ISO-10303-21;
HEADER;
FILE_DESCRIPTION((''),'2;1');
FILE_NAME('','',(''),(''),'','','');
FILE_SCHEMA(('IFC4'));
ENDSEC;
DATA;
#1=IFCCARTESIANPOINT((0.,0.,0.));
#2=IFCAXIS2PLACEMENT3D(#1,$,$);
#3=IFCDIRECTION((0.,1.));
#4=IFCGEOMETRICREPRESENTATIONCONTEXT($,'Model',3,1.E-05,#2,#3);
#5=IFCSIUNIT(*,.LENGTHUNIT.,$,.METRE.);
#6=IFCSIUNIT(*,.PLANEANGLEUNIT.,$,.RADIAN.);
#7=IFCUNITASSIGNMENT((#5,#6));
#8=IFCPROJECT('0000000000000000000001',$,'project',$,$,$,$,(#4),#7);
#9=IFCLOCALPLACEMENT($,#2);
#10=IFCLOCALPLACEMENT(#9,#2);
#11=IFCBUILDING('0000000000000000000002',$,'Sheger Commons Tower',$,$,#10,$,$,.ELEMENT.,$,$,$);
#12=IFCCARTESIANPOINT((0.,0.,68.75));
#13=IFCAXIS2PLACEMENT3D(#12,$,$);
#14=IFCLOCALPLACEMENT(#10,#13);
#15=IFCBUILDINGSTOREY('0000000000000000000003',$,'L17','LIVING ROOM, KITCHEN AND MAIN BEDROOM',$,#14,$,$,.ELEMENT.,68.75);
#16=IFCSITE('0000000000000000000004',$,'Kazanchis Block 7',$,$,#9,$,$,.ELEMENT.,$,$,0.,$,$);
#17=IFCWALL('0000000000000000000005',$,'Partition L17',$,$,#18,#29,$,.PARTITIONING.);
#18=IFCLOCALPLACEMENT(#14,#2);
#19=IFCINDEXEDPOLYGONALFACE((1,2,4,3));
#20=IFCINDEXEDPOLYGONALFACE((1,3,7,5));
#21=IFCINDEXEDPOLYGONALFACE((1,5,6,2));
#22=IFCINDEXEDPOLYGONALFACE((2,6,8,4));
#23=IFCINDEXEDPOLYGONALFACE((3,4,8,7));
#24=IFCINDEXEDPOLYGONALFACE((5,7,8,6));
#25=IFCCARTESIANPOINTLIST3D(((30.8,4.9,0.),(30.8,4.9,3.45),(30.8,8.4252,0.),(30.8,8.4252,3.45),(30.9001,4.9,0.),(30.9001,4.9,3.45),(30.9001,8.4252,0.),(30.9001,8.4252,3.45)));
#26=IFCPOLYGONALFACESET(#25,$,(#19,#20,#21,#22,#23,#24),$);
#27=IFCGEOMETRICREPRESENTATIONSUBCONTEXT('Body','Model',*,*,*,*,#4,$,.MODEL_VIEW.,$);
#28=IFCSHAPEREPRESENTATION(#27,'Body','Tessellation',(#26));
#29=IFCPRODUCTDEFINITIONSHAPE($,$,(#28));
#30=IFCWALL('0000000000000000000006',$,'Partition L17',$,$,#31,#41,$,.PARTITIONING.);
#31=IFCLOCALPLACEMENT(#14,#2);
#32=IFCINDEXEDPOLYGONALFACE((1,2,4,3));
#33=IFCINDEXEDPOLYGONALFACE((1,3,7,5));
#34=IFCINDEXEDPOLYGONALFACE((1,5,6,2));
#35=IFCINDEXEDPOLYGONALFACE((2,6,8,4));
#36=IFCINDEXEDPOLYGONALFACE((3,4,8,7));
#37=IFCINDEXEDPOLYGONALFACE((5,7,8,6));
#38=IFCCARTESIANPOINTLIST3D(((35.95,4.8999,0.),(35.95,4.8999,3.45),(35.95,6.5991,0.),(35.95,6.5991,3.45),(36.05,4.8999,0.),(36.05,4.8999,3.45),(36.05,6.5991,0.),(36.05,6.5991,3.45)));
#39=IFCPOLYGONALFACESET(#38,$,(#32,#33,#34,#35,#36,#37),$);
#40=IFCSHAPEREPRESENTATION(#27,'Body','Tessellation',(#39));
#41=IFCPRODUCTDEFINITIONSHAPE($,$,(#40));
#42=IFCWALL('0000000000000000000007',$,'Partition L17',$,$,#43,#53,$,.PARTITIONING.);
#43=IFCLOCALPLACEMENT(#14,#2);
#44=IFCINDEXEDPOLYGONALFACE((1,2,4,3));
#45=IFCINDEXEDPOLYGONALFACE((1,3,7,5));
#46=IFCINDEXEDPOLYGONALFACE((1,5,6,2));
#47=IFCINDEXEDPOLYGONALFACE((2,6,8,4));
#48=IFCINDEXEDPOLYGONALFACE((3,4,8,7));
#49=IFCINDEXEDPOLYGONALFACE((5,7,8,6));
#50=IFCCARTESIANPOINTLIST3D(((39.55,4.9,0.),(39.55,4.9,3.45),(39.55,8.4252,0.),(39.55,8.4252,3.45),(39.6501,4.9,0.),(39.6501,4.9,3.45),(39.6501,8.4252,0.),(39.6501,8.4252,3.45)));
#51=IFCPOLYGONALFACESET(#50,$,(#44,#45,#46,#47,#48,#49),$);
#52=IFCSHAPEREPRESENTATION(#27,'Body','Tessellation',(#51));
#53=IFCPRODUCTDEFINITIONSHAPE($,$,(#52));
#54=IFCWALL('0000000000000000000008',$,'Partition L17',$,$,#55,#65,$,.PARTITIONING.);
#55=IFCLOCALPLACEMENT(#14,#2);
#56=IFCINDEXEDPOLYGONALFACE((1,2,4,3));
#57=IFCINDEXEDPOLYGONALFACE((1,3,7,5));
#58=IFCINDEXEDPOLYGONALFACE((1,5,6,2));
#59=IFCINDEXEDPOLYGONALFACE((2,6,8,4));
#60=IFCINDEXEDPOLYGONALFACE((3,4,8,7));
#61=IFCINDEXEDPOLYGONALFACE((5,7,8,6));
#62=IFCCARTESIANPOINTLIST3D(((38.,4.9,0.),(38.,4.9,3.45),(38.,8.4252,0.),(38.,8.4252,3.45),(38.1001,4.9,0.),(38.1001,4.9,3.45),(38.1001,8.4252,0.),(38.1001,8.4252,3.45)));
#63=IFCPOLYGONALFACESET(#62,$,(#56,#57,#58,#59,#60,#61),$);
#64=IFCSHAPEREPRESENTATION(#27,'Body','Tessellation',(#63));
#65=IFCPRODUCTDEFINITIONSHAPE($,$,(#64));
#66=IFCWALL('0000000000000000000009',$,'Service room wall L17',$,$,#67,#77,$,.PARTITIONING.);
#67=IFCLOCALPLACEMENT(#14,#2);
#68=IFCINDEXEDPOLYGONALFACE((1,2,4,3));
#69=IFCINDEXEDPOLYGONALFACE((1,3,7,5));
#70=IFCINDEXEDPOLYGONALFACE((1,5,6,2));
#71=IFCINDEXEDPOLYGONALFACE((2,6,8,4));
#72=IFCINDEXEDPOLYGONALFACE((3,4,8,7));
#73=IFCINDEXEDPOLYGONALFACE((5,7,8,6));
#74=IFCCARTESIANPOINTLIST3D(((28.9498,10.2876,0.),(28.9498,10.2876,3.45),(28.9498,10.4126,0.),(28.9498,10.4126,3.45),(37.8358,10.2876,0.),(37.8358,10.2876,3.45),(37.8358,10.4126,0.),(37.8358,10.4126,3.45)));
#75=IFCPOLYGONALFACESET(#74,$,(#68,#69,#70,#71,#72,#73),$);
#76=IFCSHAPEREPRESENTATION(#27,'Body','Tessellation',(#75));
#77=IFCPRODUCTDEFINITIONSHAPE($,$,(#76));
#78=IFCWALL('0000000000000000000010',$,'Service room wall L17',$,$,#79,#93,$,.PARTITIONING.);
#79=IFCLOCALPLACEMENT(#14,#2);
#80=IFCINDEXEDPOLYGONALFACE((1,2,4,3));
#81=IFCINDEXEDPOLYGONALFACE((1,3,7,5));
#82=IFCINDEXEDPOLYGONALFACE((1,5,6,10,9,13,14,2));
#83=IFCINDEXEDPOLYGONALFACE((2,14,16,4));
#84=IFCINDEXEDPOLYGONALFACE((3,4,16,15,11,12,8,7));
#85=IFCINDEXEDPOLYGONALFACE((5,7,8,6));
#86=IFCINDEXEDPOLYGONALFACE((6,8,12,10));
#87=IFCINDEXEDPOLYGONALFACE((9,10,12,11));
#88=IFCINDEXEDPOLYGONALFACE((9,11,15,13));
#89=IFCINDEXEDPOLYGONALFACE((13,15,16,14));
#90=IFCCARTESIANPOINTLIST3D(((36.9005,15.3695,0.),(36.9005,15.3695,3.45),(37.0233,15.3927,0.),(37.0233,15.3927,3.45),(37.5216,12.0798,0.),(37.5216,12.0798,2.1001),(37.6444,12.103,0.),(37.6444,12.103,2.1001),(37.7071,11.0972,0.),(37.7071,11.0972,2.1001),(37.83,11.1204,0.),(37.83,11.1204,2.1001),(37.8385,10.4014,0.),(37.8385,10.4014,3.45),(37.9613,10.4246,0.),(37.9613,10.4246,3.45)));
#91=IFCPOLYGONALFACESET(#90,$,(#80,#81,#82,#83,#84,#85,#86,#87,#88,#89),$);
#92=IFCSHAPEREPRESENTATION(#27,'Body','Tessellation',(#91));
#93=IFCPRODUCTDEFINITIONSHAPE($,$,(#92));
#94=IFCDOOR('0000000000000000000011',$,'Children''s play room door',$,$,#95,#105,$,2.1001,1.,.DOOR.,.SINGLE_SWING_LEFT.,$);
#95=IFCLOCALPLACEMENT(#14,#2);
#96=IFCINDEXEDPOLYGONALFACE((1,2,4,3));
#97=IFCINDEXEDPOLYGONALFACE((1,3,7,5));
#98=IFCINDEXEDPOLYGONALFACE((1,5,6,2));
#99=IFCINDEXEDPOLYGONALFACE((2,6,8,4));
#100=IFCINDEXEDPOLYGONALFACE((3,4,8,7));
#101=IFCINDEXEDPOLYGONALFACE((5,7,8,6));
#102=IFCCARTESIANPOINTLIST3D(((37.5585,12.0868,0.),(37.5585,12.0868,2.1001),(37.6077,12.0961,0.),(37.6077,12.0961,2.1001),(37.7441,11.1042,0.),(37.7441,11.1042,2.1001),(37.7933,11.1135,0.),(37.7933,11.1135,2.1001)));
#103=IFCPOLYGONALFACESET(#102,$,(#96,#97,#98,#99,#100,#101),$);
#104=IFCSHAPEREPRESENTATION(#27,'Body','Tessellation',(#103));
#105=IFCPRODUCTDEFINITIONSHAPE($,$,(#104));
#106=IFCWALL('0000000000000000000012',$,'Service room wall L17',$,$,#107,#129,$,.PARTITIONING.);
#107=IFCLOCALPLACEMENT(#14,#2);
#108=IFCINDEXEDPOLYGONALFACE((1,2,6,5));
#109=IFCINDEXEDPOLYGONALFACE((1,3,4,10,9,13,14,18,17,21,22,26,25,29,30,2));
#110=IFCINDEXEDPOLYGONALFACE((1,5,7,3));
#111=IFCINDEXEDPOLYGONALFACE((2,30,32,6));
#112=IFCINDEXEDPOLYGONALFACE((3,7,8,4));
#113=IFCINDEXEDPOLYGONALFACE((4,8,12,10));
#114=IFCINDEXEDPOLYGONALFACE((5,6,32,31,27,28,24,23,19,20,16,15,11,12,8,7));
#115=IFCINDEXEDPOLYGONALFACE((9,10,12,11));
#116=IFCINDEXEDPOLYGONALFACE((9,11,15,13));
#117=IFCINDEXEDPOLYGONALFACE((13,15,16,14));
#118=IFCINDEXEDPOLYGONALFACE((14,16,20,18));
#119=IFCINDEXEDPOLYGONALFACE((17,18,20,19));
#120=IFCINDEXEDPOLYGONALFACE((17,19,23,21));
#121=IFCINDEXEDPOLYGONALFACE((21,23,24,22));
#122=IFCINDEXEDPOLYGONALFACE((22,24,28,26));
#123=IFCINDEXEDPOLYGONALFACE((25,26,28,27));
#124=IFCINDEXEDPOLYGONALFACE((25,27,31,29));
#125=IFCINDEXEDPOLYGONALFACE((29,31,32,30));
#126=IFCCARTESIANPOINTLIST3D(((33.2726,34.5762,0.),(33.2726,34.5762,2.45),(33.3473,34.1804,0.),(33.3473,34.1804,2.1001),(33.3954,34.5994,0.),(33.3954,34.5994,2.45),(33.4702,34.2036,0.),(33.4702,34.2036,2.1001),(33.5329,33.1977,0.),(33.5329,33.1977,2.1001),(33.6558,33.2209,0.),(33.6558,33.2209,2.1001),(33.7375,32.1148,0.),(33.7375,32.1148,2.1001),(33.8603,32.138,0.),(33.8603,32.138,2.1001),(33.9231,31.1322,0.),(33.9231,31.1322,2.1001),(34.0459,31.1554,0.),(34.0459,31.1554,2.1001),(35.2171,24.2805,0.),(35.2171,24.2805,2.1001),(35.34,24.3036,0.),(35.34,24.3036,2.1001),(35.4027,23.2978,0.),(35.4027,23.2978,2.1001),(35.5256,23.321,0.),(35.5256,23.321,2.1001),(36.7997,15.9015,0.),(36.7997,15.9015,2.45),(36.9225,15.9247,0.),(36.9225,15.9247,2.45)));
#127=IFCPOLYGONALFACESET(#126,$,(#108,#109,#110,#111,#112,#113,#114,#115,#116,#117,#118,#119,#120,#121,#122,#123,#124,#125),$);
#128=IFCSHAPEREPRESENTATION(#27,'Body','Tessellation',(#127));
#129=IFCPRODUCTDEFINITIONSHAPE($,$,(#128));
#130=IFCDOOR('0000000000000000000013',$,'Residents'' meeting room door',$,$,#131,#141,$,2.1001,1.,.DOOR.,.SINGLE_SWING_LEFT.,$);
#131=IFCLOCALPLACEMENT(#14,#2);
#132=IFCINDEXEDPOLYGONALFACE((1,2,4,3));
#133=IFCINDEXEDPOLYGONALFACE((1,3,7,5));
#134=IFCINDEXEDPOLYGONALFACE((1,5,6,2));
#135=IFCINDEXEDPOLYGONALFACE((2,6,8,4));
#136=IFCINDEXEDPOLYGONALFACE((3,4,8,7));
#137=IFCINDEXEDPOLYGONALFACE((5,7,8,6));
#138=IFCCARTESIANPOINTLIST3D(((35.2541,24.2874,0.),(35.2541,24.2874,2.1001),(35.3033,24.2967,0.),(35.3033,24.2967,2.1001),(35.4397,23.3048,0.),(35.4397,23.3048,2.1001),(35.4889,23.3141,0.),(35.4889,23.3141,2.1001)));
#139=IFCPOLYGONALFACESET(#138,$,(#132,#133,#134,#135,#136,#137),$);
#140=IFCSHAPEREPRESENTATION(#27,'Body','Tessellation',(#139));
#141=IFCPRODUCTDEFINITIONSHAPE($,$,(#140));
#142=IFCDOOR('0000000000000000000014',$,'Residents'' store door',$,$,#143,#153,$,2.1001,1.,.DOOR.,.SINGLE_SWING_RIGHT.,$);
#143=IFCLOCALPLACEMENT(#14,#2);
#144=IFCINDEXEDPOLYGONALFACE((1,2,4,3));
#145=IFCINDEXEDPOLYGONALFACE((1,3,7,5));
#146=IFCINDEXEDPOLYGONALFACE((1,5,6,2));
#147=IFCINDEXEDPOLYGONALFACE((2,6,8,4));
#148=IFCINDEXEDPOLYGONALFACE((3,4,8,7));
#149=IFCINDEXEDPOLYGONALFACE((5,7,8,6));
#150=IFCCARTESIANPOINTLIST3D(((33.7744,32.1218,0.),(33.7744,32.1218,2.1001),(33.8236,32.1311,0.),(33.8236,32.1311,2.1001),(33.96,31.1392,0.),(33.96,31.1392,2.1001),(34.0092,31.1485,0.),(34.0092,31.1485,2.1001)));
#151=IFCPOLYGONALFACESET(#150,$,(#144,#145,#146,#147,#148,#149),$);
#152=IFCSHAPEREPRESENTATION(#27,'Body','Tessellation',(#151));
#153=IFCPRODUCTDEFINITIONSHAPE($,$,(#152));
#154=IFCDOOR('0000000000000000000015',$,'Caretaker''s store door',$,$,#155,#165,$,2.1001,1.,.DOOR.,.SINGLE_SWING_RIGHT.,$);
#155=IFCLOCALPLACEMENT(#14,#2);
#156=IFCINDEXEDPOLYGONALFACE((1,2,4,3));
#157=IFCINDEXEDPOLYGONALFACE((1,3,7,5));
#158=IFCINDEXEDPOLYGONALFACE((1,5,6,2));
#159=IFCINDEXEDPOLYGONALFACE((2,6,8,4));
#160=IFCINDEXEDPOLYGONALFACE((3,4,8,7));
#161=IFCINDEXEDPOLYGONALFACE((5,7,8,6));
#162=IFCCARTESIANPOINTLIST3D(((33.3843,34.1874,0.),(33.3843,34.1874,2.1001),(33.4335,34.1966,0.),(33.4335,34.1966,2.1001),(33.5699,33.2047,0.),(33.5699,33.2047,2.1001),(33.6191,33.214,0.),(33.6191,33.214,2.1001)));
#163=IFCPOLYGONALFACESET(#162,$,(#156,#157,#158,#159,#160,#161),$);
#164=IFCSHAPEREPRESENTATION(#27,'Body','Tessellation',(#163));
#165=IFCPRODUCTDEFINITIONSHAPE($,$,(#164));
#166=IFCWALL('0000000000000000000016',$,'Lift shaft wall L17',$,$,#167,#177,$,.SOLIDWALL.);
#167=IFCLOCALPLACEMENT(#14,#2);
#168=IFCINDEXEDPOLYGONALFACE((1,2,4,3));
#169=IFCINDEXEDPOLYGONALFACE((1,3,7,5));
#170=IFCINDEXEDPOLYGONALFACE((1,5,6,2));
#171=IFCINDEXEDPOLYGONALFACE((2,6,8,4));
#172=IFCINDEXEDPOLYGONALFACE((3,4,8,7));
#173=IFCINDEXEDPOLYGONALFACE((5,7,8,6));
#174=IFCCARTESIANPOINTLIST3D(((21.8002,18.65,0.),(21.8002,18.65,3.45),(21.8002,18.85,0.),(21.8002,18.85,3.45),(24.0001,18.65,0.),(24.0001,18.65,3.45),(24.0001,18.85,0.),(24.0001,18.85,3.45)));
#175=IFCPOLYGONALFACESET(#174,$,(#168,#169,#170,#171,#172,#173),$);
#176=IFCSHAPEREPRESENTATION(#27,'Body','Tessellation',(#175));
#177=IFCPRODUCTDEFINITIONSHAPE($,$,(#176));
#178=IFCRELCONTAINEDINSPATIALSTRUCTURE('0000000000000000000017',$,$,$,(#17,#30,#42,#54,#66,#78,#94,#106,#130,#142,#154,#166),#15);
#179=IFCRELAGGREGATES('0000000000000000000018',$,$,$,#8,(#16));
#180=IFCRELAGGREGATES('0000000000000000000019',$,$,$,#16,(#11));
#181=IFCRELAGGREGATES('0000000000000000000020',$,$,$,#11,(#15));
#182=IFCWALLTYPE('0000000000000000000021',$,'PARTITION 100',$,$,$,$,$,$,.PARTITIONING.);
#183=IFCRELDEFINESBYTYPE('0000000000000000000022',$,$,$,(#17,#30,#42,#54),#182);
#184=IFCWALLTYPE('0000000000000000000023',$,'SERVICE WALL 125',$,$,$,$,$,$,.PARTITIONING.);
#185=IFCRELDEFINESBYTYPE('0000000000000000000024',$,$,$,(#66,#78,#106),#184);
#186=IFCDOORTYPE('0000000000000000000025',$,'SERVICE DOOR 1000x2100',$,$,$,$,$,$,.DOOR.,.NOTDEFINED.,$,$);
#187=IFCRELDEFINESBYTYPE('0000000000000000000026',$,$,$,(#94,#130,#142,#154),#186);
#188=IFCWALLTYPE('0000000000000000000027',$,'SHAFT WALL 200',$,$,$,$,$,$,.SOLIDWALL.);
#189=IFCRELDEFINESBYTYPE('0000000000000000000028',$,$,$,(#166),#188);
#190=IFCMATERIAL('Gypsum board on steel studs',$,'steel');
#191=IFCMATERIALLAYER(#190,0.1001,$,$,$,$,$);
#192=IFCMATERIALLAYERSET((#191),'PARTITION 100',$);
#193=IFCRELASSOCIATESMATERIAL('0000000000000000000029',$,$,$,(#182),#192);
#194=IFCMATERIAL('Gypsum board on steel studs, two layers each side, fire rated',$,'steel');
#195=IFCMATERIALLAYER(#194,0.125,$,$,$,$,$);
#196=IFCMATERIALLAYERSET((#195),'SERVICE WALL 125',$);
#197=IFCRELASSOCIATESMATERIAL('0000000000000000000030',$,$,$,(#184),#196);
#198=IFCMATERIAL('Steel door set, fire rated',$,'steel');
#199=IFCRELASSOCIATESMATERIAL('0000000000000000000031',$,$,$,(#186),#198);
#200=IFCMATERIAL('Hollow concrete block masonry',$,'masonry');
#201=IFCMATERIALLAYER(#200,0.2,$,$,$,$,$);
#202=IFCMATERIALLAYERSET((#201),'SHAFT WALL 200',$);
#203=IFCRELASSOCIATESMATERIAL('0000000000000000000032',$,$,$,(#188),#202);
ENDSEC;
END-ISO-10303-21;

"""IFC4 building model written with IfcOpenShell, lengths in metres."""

from ifc_helpers import new_model, si_unit, direction, frame, frame_2d, origin, place, context, subcontext, project, spatial, rectangle, extrude, material, layer, layer_set, type_object, element, fill, save


model = new_model("IFC4")

# Units and contexts
model_context = context("Model", 3, precision=1e-05, world=origin(), true_north=direction((0.0, 1.0)))
body_context = subcontext(model_context, "Body", "Model", "MODEL_VIEW")
ifc_project = project(units=[si_unit("LENGTHUNIT", "METRE"), si_unit("PLANEANGLEUNIT", "RADIAN")], contexts=[model_context])

# Site, building, storey
site_placement = place(None, origin())
site = spatial("IfcSite", under=ifc_project, at=site_placement, Name="Kazanchis Block 7", CompositionType="ELEMENT", RefElevation=0.0)
building_placement = place(site_placement, origin())
building = spatial("IfcBuilding", under=site, at=building_placement, Name="Sheger Commons Tower", CompositionType="ELEMENT")
storey_placement = place(building_placement, frame((0.0, 0.0, 68.75)))
storey = spatial("IfcBuildingStorey", under=building, at=storey_placement, Name="L17", Description="LIVING ROOM, KITCHEN AND MAIN BEDROOM", CompositionType="ELEMENT", Elevation=68.75)

# Walls
ifc_material_1 = material(Name="Gypsum board on steel studs", Category="steel")
ifc_layer_1 = layer(ifc_material_1, 0.1001)
ifc_layer_set_1 = layer_set([ifc_layer_1], Name="PARTITION 100")
wall_type_1 = type_object("IfcWallType", Name="PARTITION 100", PredefinedType="PARTITIONING", material=ifc_layer_set_1)
wall_1_placement = place(storey_placement, frame((30.8501, 4.8999, 0.0), z_axis=(0.0, 0.0, 1.0), x_axis=(0.0, 1.0, 0.0)))
element("IfcWall", 1, at=wall_1_placement, inside=storey, type_object=wall_type_1, Name="Partition L17", PredefinedType="PARTITIONING", context=body_context, shape_type="SweptSolid", body=[
    extrude(rectangle(XDim=3.5251, YDim=0.1001, at=frame_2d((1.7627, 0.0))), origin(), (0.0, 0.0, 1.0), 3.45),
])
wall_2_placement = place(storey_placement, frame((36.0, 4.8999, 0.0), z_axis=(0.0, 0.0, 1.0), x_axis=(0.0, 1.0, 0.0)))
element("IfcWall", 2, at=wall_2_placement, inside=storey, type_object=wall_type_1, Name="Partition L17", PredefinedType="PARTITIONING", context=body_context, shape_type="SweptSolid", body=[
    extrude(rectangle(XDim=1.6992, YDim=0.1001, at=frame_2d((0.8496, 0.0))), origin(), (0.0, 0.0, 1.0), 3.45),
])
for number, where, z_axis, x_axis, name in (
    (3, (39.6001, 4.8999, 0.0), (0.0, 0.0, 1.0), (0.0, 1.0, 0.0), "Partition L17"),
    (4, (38.05, 4.8999, 0.0), (0.0, 0.0, 1.0), (0.0, 1.0, 0.0), "Partition L17"),
):
    element("IfcWall", number, at=place(storey_placement, frame(where, z_axis=z_axis, x_axis=x_axis)), inside=storey, type_object=wall_type_1, Name=name, PredefinedType="PARTITIONING", context=body_context, shape_type="SweptSolid", body=[
        extrude(rectangle(XDim=3.5251, YDim=0.1001, at=frame_2d((1.7627, 0.0))), origin(), (0.0, 0.0, 1.0), 3.45),
    ])
ifc_material_2 = material(Name="Gypsum board on steel studs, two layers each side, fire rated", Category="steel")
ifc_layer_2 = layer(ifc_material_2, 0.125)
ifc_layer_set_2 = layer_set([ifc_layer_2], Name="SERVICE WALL 125")
wall_type_2 = type_object("IfcWallType", Name="SERVICE WALL 125", PredefinedType="PARTITIONING", material=ifc_layer_set_2)
wall_3_placement = place(storey_placement, frame((28.95, 10.3501, 0.0), z_axis=(0.0, 0.0, 1.0), x_axis=(1.0, 0.0, 0.0)))
element("IfcWall", 5, at=wall_3_placement, inside=storey, type_object=wall_type_2, Name="Service room wall L17", PredefinedType="PARTITIONING", context=body_context, shape_type="SweptSolid", body=[
    extrude(rectangle(XDim=8.886, YDim=0.125, at=frame_2d((4.4429, 0.0))), origin(), (0.0, 0.0, 1.0), 3.45),
])

# Wall, opening, door
wall_4_placement = place(storey_placement, frame((37.8999, 10.4131, 0.0), z_axis=(0.0, 0.0, 1.0), x_axis=(-0.185528, 0.982639, 0.0)))
wall_4 = element("IfcWall", 6, at=wall_4_placement, inside=storey, type_object=wall_type_2, Name="Service room wall L17", PredefinedType="PARTITIONING", context=body_context, shape_type="SweptSolid", body=[
    extrude(rectangle(XDim=5.0559, YDim=0.125, at=frame_2d((2.5278, 0.0))), origin(), (0.0, 0.0, 1.0), 3.45),
])
opening_1_placement = place(wall_4_placement, frame((0.708, 0.0, 0.0)))
opening_1 = element("IfcOpeningElement", 7, at=opening_1_placement, cuts=wall_4, PredefinedType="OPENING", context=body_context, shape_type="SweptSolid", body=[
    extrude(rectangle(XDim=1.0, YDim=2.1001, at=frame_2d((0.5, 1.05))), frame((0.0, 0.0725, 0.0), z_axis=(0.0, -1.0, 0.0), x_axis=(1.0, 0.0, 0.0)), (0.0, 0.0, 1.0), 0.145),
])
ifc_material_3 = material(Name="Steel door set, fire rated", Category="steel")
door_type_1 = type_object("IfcDoorType", Name="SERVICE DOOR 1000x2100", OperationType="NOTDEFINED", PredefinedType="DOOR", material=ifc_material_3)
door_1_placement = place(opening_1_placement, origin())
door_1 = element("IfcDoor", 8, at=door_1_placement, inside=storey, type_object=door_type_1, Name="Children's play room door", OperationType="SINGLE_SWING_LEFT", OverallHeight=2.1001, OverallWidth=1.0, PredefinedType="DOOR", context=body_context, shape_type="SweptSolid", body=[
    extrude(rectangle(XDim=1.0, YDim=2.1001, at=frame_2d((0.5, 1.05))), frame((0.0, 0.0249, 0.0), z_axis=(0.0, -1.0, 0.0), x_axis=(1.0, 0.0, 0.0)), (0.0, 0.0, 1.0), 0.05),
])
fill(opening_1, door_1)

# Wall, openings, doors
wall_5_placement = place(storey_placement, frame((36.8611, 15.9131, 0.0), z_axis=(0.0, 0.0, 1.0), x_axis=(-0.185588, 0.982628, 0.0)))
wall_5 = element("IfcWall", 9, at=wall_5_placement, inside=storey, type_object=wall_type_2, Name="Service room wall L17", PredefinedType="PARTITIONING", context=body_context, shape_type="SweptSolid", body=[
    extrude(rectangle(XDim=19.0049, YDim=0.125, at=frame_2d((9.5024, 0.0))), origin(), (0.0, 0.0, 1.0), 2.45),
])
opening_2_placement = place(wall_5_placement, frame((7.5271, 0.0, 0.0)))
opening_2 = element("IfcOpeningElement", 10, at=opening_2_placement, cuts=wall_5, PredefinedType="OPENING", context=body_context, shape_type="SweptSolid", body=[
    extrude(rectangle(XDim=1.0, YDim=2.1001, at=frame_2d((0.5, 1.05))), frame((0.0, 0.0725, 0.0), z_axis=(0.0, -1.0, 0.0), x_axis=(1.0, 0.0, 0.0)), (0.0, 0.0, 1.0), 0.145),
])
opening_3_placement = place(wall_5_placement, frame((15.5, 0.0, 0.0)))
opening_3 = element("IfcOpeningElement", 11, at=opening_3_placement, cuts=wall_5, PredefinedType="OPENING", context=body_context, shape_type="SweptSolid", body=[
    extrude(rectangle(XDim=1.0, YDim=2.1001, at=frame_2d((0.5, 1.05))), frame((0.0, 0.0725, 0.0), z_axis=(0.0, -1.0, 0.0), x_axis=(1.0, 0.0, 0.0)), (0.0, 0.0, 1.0), 0.145),
])
opening_4_placement = place(wall_5_placement, frame((17.6021, 0.0, 0.0)))
opening_4 = element("IfcOpeningElement", 12, at=opening_4_placement, cuts=wall_5, PredefinedType="OPENING", context=body_context, shape_type="SweptSolid", body=[
    extrude(rectangle(XDim=1.0, YDim=2.1001, at=frame_2d((0.5, 1.05))), frame((0.0, 0.0725, 0.0), z_axis=(0.0, -1.0, 0.0), x_axis=(1.0, 0.0, 0.0)), (0.0, 0.0, 1.0), 0.145),
])
door_2_placement = place(opening_2_placement, origin())
door_2 = element("IfcDoor", 13, at=door_2_placement, inside=storey, type_object=door_type_1, Name="Residents' meeting room door", OperationType="SINGLE_SWING_LEFT", OverallHeight=2.1001, OverallWidth=1.0, PredefinedType="DOOR", context=body_context, shape_type="SweptSolid", body=[
    extrude(rectangle(XDim=1.0, YDim=2.1001, at=frame_2d((0.5, 1.05))), frame((0.0, 0.0249, 0.0), z_axis=(0.0, -1.0, 0.0), x_axis=(1.0, 0.0, 0.0)), (0.0, 0.0, 1.0), 0.05),
])
fill(opening_2, door_2)
door_3_placement = place(opening_3_placement, origin())
door_3 = element("IfcDoor", 14, at=door_3_placement, inside=storey, type_object=door_type_1, Name="Residents' store door", OperationType="SINGLE_SWING_RIGHT", OverallHeight=2.1001, OverallWidth=1.0, PredefinedType="DOOR", context=body_context, shape_type="SweptSolid", body=[
    extrude(rectangle(XDim=1.0, YDim=2.1001, at=frame_2d((0.5, 1.05))), frame((0.0, 0.0249, 0.0), z_axis=(0.0, -1.0, 0.0), x_axis=(1.0, 0.0, 0.0)), (0.0, 0.0, 1.0), 0.05),
])
fill(opening_3, door_3)
door_4_placement = place(opening_4_placement, origin())
door_4 = element("IfcDoor", 15, at=door_4_placement, inside=storey, type_object=door_type_1, Name="Caretaker's store door", OperationType="SINGLE_SWING_RIGHT", OverallHeight=2.1001, OverallWidth=1.0, PredefinedType="DOOR", context=body_context, shape_type="SweptSolid", body=[
    extrude(rectangle(XDim=1.0, YDim=2.1001, at=frame_2d((0.5, 1.05))), frame((0.0, 0.0249, 0.0), z_axis=(0.0, -1.0, 0.0), x_axis=(1.0, 0.0, 0.0)), (0.0, 0.0, 1.0), 0.05),
])
fill(opening_4, door_4)

# Wall
ifc_material_4 = material(Name="Hollow concrete block masonry", Category="masonry")
ifc_layer_3 = layer(ifc_material_4, 0.2)
ifc_layer_set_3 = layer_set([ifc_layer_3], Name="SHAFT WALL 200")
wall_type_3 = type_object("IfcWallType", Name="SHAFT WALL 200", PredefinedType="SOLIDWALL", material=ifc_layer_set_3)
wall_6_placement = place(storey_placement, frame((21.8, 18.75, 0.0), z_axis=(0.0, 0.0, 1.0), x_axis=(1.0, 0.0, 0.0)))
element("IfcWall", 16, at=wall_6_placement, inside=storey, type_object=wall_type_3, Name="Lift shaft wall L17", PredefinedType="SOLIDWALL", context=body_context, shape_type="SweptSolid", body=[
    extrude(rectangle(XDim=2.2, YDim=0.2, at=frame_2d((1.1001, 0.0))), origin(), (0.0, 0.0, 1.0), 3.45),
])

save(model, "model.ifc")
